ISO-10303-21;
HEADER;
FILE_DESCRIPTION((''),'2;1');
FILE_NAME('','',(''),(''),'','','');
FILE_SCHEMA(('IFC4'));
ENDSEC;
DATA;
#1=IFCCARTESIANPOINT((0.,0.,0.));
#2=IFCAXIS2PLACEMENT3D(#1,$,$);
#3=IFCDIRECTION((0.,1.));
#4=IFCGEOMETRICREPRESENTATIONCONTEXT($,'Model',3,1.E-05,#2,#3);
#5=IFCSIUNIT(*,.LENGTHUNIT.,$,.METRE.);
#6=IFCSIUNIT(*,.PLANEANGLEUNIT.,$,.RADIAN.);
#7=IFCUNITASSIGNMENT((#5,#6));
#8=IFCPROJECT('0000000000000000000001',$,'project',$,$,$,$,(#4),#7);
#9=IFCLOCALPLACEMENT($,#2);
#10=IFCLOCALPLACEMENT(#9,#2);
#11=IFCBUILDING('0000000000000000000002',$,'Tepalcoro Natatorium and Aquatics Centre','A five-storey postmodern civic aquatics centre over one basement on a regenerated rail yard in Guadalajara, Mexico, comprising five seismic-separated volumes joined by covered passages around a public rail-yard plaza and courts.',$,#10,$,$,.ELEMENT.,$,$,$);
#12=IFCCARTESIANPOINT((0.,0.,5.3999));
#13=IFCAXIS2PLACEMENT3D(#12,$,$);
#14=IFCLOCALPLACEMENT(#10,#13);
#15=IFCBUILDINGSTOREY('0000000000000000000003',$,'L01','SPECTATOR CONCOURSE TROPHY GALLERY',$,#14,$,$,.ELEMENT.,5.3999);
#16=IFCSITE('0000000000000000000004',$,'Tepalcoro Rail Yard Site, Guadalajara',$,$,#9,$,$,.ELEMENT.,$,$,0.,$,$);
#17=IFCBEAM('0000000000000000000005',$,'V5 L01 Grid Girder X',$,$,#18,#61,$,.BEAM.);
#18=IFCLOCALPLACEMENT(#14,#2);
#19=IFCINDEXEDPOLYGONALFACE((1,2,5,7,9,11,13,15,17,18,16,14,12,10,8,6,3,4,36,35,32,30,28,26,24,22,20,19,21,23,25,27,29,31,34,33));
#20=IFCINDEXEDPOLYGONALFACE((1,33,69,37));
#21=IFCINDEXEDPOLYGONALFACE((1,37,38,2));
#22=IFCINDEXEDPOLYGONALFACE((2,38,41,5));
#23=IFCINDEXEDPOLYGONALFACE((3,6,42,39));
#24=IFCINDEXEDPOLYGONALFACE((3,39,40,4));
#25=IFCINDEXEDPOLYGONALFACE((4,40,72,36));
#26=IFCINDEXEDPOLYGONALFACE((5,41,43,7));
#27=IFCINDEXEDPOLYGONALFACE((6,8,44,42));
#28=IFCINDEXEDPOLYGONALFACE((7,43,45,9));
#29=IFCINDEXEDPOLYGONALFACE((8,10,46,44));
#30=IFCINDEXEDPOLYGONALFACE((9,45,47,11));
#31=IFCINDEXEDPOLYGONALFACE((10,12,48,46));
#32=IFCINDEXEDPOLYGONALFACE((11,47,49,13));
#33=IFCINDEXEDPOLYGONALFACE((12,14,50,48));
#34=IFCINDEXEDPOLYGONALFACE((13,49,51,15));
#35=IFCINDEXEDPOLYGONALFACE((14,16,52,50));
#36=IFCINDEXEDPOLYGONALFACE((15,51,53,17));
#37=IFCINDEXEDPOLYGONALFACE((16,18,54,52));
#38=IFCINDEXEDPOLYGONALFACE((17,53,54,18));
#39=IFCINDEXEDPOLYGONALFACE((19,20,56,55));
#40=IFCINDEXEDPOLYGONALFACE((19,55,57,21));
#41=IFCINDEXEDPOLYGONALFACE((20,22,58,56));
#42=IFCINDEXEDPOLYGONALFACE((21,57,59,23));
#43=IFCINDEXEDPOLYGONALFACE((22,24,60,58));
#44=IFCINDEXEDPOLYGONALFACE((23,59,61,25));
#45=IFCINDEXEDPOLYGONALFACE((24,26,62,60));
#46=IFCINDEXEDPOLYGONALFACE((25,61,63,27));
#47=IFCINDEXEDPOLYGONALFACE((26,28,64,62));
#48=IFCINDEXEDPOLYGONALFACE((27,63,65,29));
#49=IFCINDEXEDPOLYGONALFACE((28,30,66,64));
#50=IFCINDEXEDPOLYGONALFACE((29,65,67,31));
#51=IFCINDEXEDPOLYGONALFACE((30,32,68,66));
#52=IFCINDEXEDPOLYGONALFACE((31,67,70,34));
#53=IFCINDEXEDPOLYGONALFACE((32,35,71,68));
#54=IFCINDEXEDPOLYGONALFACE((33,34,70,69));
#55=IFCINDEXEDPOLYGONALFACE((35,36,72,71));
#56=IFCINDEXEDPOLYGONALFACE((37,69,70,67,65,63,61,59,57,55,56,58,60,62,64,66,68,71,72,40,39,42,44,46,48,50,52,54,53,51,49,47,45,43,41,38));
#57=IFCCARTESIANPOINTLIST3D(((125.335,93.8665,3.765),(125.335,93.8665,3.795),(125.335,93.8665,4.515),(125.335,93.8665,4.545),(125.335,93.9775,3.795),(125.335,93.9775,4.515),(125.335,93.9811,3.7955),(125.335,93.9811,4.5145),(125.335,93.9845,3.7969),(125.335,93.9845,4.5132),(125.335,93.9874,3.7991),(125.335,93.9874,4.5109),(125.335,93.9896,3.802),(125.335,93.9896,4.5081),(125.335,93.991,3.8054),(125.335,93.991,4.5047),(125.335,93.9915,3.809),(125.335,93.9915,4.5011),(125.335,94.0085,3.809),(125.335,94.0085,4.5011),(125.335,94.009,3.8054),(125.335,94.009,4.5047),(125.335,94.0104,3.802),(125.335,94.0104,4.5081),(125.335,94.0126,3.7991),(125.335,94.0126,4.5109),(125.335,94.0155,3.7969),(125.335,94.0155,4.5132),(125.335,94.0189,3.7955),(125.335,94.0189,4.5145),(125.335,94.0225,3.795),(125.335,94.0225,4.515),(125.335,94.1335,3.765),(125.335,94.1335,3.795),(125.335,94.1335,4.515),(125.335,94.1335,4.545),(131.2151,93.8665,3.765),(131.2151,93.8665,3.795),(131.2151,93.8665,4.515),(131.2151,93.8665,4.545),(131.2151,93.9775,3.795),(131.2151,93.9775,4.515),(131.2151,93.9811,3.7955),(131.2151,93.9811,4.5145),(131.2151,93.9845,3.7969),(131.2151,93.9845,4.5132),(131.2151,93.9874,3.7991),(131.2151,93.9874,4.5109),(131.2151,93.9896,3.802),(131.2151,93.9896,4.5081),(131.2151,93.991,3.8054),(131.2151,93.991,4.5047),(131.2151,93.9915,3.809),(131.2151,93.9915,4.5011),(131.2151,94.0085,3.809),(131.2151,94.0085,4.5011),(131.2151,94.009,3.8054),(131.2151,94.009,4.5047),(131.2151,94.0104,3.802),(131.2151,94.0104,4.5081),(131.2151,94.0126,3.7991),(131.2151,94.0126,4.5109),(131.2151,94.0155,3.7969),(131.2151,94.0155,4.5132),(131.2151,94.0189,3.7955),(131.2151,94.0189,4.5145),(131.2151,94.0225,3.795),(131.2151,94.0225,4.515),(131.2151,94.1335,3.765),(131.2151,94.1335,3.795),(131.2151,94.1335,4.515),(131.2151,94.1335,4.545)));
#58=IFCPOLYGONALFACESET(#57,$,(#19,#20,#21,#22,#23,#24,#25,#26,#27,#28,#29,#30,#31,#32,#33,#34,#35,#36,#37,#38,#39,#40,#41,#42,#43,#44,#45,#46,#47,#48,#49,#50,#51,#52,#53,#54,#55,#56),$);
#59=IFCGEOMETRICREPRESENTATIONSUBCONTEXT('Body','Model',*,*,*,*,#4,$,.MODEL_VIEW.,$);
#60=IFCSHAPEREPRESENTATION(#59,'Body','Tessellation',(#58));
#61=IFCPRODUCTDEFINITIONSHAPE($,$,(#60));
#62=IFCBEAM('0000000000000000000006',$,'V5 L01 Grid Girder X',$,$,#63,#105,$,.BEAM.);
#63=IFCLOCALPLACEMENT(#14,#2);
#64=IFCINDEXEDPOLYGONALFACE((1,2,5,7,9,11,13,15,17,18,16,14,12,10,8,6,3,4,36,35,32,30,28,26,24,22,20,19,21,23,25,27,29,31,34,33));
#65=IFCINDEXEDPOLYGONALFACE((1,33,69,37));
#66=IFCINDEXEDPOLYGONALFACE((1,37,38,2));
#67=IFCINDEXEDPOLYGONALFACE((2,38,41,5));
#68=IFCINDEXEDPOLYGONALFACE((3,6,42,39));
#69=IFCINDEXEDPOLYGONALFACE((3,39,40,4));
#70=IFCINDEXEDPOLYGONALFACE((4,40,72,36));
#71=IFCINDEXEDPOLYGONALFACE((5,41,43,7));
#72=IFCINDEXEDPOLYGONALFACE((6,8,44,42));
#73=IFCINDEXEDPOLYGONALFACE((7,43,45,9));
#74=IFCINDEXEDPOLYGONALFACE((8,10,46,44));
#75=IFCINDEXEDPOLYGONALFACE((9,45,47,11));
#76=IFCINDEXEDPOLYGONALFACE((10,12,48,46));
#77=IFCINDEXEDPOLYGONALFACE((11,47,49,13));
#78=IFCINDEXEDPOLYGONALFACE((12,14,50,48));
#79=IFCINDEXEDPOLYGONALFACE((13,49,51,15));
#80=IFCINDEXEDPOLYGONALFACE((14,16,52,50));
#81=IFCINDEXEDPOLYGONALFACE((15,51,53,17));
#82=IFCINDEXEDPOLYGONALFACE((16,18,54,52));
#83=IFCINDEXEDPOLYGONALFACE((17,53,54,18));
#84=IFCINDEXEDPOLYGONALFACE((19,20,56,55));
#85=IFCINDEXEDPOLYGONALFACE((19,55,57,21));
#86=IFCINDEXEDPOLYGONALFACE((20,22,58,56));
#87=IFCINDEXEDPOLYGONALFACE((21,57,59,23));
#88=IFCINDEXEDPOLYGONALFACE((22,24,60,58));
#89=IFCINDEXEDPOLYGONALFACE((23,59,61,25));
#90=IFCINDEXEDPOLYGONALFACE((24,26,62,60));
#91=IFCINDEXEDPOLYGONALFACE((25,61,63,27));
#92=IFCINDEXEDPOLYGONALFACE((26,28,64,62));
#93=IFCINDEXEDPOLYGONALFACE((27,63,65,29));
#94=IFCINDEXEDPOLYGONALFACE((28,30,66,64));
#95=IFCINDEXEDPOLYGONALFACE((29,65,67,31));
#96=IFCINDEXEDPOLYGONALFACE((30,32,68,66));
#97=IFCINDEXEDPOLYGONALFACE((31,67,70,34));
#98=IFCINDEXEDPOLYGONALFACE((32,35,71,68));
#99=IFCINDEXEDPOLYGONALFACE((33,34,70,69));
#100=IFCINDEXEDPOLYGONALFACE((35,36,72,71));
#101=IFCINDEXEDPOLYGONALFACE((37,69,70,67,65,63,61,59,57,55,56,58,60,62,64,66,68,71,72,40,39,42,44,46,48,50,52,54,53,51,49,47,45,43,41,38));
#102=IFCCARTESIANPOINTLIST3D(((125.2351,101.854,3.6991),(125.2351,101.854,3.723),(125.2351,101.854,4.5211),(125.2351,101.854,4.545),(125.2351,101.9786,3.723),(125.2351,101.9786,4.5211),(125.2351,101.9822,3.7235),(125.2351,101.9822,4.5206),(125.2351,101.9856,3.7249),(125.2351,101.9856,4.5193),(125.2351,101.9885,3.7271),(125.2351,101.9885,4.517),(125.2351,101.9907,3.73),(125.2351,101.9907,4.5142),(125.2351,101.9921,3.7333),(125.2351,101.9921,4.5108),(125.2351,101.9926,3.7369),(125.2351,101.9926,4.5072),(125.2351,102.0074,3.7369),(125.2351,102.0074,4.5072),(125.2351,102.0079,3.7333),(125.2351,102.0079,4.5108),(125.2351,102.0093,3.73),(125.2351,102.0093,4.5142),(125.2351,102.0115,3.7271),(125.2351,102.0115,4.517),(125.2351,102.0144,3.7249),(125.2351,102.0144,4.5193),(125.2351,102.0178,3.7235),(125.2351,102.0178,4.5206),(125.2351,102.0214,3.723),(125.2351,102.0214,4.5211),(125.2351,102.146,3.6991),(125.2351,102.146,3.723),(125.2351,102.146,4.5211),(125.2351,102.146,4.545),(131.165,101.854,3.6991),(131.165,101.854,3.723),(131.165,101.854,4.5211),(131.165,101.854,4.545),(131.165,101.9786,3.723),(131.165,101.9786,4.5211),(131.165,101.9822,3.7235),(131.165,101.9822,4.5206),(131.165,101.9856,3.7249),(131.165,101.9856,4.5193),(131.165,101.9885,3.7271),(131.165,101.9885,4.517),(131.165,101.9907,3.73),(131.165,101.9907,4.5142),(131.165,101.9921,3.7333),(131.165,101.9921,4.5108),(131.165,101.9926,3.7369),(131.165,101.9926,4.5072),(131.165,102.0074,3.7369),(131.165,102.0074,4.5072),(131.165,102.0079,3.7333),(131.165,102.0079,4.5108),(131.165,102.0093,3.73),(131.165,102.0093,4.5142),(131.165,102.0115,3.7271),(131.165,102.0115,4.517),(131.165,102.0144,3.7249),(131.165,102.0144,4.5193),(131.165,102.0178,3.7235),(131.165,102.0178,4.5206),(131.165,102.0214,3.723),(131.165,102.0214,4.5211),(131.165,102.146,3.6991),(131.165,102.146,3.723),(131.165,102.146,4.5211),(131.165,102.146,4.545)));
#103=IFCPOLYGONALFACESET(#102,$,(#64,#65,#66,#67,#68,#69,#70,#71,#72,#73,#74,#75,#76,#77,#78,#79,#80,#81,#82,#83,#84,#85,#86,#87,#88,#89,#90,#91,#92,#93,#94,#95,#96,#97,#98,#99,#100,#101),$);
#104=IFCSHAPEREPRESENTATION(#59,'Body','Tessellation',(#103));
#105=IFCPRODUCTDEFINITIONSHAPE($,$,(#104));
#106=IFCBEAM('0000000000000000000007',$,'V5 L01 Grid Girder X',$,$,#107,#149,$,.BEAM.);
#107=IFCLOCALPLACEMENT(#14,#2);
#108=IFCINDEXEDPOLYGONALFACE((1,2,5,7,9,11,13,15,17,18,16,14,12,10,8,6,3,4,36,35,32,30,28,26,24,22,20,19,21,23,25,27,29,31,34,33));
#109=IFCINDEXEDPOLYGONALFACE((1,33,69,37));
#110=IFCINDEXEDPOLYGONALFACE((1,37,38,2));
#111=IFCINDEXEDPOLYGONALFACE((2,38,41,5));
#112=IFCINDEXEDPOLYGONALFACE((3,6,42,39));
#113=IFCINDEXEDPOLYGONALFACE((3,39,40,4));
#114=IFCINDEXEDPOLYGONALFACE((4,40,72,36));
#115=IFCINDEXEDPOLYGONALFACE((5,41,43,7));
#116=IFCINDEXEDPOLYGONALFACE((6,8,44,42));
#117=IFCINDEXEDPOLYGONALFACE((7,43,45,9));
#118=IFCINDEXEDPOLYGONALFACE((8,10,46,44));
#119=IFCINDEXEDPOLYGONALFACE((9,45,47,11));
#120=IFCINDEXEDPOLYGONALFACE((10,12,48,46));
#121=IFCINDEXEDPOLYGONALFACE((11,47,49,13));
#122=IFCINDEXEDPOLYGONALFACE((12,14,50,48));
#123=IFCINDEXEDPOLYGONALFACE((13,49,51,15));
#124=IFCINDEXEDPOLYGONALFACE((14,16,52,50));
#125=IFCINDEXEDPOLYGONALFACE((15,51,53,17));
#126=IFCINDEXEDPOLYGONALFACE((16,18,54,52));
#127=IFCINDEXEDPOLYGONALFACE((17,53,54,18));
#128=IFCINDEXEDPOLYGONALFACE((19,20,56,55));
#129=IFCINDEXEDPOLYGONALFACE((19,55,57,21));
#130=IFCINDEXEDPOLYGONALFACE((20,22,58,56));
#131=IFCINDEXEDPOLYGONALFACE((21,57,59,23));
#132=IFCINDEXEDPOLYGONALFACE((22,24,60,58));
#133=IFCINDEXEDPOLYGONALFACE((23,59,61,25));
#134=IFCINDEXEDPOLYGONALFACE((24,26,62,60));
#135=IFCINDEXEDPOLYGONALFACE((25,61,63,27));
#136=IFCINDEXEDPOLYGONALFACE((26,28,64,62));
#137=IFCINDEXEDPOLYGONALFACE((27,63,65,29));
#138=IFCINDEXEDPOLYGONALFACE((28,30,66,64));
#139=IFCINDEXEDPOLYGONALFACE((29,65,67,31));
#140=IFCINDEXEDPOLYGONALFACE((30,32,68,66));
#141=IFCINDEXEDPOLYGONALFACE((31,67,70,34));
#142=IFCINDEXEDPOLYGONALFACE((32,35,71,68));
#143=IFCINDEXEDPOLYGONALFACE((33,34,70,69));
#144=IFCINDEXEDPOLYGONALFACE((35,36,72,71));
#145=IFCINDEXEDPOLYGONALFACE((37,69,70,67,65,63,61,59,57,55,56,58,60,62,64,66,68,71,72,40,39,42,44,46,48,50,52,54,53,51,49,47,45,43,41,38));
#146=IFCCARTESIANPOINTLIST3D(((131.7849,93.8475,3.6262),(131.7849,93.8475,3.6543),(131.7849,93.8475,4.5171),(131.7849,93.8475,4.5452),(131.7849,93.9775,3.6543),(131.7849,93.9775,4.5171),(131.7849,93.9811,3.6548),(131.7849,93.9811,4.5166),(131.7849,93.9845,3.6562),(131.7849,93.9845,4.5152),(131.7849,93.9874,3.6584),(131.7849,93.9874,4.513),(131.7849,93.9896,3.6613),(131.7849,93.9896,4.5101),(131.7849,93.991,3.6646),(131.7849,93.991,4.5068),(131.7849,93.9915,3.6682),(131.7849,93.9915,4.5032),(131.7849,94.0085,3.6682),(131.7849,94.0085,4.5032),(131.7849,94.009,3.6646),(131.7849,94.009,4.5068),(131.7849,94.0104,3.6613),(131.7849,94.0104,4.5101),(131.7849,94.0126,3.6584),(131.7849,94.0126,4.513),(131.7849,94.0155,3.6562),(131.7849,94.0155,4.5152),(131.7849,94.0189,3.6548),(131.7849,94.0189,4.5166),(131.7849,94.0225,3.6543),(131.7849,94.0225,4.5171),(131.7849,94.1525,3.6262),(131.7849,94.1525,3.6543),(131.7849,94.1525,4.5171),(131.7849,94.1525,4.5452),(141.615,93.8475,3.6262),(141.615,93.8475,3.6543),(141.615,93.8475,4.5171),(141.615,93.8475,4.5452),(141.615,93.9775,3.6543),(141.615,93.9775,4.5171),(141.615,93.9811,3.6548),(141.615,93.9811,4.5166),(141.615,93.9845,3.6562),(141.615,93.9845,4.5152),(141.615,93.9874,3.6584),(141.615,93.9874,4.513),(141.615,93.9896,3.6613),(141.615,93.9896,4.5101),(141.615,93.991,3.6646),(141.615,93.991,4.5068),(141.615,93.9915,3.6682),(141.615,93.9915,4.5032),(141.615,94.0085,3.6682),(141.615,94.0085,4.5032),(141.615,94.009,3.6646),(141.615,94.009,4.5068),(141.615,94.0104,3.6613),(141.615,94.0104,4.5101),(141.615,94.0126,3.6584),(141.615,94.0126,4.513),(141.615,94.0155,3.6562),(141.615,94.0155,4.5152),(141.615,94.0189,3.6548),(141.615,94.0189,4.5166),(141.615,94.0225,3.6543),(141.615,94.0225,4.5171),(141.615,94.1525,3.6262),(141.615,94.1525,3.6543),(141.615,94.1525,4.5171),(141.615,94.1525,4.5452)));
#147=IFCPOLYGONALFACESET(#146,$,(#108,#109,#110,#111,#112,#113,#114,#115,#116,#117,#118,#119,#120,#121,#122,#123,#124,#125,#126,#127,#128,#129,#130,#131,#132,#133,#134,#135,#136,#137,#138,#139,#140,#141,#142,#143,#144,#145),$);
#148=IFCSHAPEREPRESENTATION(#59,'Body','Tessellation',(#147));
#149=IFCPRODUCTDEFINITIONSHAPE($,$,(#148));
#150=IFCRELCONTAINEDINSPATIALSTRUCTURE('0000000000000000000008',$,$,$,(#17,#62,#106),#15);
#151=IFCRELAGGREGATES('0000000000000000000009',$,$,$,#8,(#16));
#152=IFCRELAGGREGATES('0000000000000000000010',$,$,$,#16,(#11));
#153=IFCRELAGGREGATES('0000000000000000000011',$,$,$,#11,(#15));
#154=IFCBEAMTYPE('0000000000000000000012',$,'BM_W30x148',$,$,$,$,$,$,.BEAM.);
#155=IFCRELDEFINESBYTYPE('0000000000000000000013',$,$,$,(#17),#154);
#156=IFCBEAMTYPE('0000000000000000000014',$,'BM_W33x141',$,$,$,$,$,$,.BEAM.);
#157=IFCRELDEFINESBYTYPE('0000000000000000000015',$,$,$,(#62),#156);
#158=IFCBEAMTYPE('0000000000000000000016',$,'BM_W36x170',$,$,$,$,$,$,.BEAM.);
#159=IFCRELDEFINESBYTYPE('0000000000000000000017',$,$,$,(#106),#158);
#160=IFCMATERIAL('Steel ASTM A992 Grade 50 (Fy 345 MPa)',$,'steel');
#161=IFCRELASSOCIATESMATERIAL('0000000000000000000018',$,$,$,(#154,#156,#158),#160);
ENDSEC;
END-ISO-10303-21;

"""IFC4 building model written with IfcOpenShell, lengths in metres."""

from ifc_helpers import new_model, si_unit, direction, frame, origin, origin_2d, place, context, subcontext, project, spatial, i_section, extrude, material, material_profile, profile_set, type_object, element, save


model = new_model("IFC4")

# Units and contexts
model_context = context("Model", 3, precision=1e-05, world=origin(), true_north=direction((0.0, 1.0)))
body_context = subcontext(model_context, "Body", "Model", "MODEL_VIEW")
ifc_project = project(units=[si_unit("LENGTHUNIT", "METRE"), si_unit("PLANEANGLEUNIT", "RADIAN")], contexts=[model_context])

# Site, building, storey
site_placement = place(None, origin())
site = spatial("IfcSite", under=ifc_project, at=site_placement, Name="Tepalcoro Rail Yard Site, Guadalajara", CompositionType="ELEMENT", RefElevation=0.0)
building_placement = place(site_placement, origin())
building = spatial("IfcBuilding", under=site, at=building_placement, Name="Tepalcoro Natatorium and Aquatics Centre", Description="A five-storey postmodern civic aquatics centre over one basement on a regenerated rail yard in Guadalajara, Mexico, comprising five seismic-separated volumes joined by covered passages around a public rail-yard plaza and courts.", CompositionType="ELEMENT")
storey_placement = place(building_placement, frame((0.0, 0.0, 5.3999)))
storey = spatial("IfcBuildingStorey", under=building, at=storey_placement, Name="L01", Description="SPECTATOR CONCOURSE TROPHY GALLERY", CompositionType="ELEMENT", Elevation=5.3999)

# Beams
ifc_material_1 = material(Name="Steel ASTM A992 Grade 50 (Fy 345 MPa)", Category="steel")
ifc_material_profile_1 = material_profile(ifc_material_1, i_section(OverallWidth=0.2671, OverallDepth=0.78, WebThickness=0.0171, FlangeThickness=0.03, FilletRadius=0.0139, at=origin_2d()), Name="W30X148")
ifc_profile_set_1 = profile_set([ifc_material_profile_1], Name="Steel ASTM A992 Grade 50 (Fy 345 MPa)")
beam_type_1 = type_object("IfcBeamType", Name="BM_W30x148", PredefinedType="BEAM", material=ifc_profile_set_1)
beam_1_placement = place(storey_placement, frame((125.335, 94.0, 4.155), z_axis=(1.0, 0.0, 0.0), x_axis=(0.0, 1.0, 0.0)))
element("IfcBeam", 1, at=beam_1_placement, inside=storey, type_object=beam_type_1, Name="V5 L01 Grid Girder X", PredefinedType="BEAM", context=body_context, shape_type="SweptSolid", body=[
    extrude(i_section(OverallWidth=0.2671, OverallDepth=0.78, WebThickness=0.0171, FlangeThickness=0.03, FilletRadius=0.0139, at=origin_2d()), origin(), (0.0, 0.0, 1.0), 5.8801),
])
ifc_material_profile_2 = material_profile(ifc_material_1, i_section(OverallWidth=0.292, OverallDepth=0.8459, WebThickness=0.0149, FlangeThickness=0.0239, FilletRadius=0.0139, at=origin_2d()), Name="W33X141")
ifc_profile_set_2 = profile_set([ifc_material_profile_2], Name="Steel ASTM A992 Grade 50 (Fy 345 MPa)")
beam_type_2 = type_object("IfcBeamType", Name="BM_W33x141", PredefinedType="BEAM", material=ifc_profile_set_2)
beam_2_placement = place(storey_placement, frame((125.2351, 102.0, 4.1221), z_axis=(1.0, 0.0, 0.0), x_axis=(0.0, 1.0, 0.0)))
element("IfcBeam", 2, at=beam_2_placement, inside=storey, type_object=beam_type_2, Name="V5 L01 Grid Girder X", PredefinedType="BEAM", context=body_context, shape_type="SweptSolid", body=[
    extrude(i_section(OverallWidth=0.292, OverallDepth=0.8459, WebThickness=0.0149, FlangeThickness=0.0239, FilletRadius=0.0139, at=origin_2d()), origin(), (0.0, 0.0, 1.0), 5.9299),
])
ifc_material_profile_3 = material_profile(ifc_material_1, i_section(OverallWidth=0.3049, OverallDepth=0.9189, WebThickness=0.0171, FlangeThickness=0.0281, FilletRadius=0.0139, at=origin_2d()), Name="W36X170")
ifc_profile_set_3 = profile_set([ifc_material_profile_3], Name="Steel ASTM A992 Grade 50 (Fy 345 MPa)")
beam_type_3 = type_object("IfcBeamType", Name="BM_W36x170", PredefinedType="BEAM", material=ifc_profile_set_3)
beam_3_placement = place(storey_placement, frame((131.7849, 94.0, 4.0857), z_axis=(1.0, 0.0, 0.0), x_axis=(0.0, 1.0, 0.0)))
element("IfcBeam", 3, at=beam_3_placement, inside=storey, type_object=beam_type_3, Name="V5 L01 Grid Girder X", PredefinedType="BEAM", context=body_context, shape_type="SweptSolid", body=[
    extrude(i_section(OverallWidth=0.3049, OverallDepth=0.9189, WebThickness=0.0171, FlangeThickness=0.0281, FilletRadius=0.0139, at=origin_2d()), origin(), (0.0, 0.0, 1.0), 9.8301),
])

save(model, "model.ifc")
